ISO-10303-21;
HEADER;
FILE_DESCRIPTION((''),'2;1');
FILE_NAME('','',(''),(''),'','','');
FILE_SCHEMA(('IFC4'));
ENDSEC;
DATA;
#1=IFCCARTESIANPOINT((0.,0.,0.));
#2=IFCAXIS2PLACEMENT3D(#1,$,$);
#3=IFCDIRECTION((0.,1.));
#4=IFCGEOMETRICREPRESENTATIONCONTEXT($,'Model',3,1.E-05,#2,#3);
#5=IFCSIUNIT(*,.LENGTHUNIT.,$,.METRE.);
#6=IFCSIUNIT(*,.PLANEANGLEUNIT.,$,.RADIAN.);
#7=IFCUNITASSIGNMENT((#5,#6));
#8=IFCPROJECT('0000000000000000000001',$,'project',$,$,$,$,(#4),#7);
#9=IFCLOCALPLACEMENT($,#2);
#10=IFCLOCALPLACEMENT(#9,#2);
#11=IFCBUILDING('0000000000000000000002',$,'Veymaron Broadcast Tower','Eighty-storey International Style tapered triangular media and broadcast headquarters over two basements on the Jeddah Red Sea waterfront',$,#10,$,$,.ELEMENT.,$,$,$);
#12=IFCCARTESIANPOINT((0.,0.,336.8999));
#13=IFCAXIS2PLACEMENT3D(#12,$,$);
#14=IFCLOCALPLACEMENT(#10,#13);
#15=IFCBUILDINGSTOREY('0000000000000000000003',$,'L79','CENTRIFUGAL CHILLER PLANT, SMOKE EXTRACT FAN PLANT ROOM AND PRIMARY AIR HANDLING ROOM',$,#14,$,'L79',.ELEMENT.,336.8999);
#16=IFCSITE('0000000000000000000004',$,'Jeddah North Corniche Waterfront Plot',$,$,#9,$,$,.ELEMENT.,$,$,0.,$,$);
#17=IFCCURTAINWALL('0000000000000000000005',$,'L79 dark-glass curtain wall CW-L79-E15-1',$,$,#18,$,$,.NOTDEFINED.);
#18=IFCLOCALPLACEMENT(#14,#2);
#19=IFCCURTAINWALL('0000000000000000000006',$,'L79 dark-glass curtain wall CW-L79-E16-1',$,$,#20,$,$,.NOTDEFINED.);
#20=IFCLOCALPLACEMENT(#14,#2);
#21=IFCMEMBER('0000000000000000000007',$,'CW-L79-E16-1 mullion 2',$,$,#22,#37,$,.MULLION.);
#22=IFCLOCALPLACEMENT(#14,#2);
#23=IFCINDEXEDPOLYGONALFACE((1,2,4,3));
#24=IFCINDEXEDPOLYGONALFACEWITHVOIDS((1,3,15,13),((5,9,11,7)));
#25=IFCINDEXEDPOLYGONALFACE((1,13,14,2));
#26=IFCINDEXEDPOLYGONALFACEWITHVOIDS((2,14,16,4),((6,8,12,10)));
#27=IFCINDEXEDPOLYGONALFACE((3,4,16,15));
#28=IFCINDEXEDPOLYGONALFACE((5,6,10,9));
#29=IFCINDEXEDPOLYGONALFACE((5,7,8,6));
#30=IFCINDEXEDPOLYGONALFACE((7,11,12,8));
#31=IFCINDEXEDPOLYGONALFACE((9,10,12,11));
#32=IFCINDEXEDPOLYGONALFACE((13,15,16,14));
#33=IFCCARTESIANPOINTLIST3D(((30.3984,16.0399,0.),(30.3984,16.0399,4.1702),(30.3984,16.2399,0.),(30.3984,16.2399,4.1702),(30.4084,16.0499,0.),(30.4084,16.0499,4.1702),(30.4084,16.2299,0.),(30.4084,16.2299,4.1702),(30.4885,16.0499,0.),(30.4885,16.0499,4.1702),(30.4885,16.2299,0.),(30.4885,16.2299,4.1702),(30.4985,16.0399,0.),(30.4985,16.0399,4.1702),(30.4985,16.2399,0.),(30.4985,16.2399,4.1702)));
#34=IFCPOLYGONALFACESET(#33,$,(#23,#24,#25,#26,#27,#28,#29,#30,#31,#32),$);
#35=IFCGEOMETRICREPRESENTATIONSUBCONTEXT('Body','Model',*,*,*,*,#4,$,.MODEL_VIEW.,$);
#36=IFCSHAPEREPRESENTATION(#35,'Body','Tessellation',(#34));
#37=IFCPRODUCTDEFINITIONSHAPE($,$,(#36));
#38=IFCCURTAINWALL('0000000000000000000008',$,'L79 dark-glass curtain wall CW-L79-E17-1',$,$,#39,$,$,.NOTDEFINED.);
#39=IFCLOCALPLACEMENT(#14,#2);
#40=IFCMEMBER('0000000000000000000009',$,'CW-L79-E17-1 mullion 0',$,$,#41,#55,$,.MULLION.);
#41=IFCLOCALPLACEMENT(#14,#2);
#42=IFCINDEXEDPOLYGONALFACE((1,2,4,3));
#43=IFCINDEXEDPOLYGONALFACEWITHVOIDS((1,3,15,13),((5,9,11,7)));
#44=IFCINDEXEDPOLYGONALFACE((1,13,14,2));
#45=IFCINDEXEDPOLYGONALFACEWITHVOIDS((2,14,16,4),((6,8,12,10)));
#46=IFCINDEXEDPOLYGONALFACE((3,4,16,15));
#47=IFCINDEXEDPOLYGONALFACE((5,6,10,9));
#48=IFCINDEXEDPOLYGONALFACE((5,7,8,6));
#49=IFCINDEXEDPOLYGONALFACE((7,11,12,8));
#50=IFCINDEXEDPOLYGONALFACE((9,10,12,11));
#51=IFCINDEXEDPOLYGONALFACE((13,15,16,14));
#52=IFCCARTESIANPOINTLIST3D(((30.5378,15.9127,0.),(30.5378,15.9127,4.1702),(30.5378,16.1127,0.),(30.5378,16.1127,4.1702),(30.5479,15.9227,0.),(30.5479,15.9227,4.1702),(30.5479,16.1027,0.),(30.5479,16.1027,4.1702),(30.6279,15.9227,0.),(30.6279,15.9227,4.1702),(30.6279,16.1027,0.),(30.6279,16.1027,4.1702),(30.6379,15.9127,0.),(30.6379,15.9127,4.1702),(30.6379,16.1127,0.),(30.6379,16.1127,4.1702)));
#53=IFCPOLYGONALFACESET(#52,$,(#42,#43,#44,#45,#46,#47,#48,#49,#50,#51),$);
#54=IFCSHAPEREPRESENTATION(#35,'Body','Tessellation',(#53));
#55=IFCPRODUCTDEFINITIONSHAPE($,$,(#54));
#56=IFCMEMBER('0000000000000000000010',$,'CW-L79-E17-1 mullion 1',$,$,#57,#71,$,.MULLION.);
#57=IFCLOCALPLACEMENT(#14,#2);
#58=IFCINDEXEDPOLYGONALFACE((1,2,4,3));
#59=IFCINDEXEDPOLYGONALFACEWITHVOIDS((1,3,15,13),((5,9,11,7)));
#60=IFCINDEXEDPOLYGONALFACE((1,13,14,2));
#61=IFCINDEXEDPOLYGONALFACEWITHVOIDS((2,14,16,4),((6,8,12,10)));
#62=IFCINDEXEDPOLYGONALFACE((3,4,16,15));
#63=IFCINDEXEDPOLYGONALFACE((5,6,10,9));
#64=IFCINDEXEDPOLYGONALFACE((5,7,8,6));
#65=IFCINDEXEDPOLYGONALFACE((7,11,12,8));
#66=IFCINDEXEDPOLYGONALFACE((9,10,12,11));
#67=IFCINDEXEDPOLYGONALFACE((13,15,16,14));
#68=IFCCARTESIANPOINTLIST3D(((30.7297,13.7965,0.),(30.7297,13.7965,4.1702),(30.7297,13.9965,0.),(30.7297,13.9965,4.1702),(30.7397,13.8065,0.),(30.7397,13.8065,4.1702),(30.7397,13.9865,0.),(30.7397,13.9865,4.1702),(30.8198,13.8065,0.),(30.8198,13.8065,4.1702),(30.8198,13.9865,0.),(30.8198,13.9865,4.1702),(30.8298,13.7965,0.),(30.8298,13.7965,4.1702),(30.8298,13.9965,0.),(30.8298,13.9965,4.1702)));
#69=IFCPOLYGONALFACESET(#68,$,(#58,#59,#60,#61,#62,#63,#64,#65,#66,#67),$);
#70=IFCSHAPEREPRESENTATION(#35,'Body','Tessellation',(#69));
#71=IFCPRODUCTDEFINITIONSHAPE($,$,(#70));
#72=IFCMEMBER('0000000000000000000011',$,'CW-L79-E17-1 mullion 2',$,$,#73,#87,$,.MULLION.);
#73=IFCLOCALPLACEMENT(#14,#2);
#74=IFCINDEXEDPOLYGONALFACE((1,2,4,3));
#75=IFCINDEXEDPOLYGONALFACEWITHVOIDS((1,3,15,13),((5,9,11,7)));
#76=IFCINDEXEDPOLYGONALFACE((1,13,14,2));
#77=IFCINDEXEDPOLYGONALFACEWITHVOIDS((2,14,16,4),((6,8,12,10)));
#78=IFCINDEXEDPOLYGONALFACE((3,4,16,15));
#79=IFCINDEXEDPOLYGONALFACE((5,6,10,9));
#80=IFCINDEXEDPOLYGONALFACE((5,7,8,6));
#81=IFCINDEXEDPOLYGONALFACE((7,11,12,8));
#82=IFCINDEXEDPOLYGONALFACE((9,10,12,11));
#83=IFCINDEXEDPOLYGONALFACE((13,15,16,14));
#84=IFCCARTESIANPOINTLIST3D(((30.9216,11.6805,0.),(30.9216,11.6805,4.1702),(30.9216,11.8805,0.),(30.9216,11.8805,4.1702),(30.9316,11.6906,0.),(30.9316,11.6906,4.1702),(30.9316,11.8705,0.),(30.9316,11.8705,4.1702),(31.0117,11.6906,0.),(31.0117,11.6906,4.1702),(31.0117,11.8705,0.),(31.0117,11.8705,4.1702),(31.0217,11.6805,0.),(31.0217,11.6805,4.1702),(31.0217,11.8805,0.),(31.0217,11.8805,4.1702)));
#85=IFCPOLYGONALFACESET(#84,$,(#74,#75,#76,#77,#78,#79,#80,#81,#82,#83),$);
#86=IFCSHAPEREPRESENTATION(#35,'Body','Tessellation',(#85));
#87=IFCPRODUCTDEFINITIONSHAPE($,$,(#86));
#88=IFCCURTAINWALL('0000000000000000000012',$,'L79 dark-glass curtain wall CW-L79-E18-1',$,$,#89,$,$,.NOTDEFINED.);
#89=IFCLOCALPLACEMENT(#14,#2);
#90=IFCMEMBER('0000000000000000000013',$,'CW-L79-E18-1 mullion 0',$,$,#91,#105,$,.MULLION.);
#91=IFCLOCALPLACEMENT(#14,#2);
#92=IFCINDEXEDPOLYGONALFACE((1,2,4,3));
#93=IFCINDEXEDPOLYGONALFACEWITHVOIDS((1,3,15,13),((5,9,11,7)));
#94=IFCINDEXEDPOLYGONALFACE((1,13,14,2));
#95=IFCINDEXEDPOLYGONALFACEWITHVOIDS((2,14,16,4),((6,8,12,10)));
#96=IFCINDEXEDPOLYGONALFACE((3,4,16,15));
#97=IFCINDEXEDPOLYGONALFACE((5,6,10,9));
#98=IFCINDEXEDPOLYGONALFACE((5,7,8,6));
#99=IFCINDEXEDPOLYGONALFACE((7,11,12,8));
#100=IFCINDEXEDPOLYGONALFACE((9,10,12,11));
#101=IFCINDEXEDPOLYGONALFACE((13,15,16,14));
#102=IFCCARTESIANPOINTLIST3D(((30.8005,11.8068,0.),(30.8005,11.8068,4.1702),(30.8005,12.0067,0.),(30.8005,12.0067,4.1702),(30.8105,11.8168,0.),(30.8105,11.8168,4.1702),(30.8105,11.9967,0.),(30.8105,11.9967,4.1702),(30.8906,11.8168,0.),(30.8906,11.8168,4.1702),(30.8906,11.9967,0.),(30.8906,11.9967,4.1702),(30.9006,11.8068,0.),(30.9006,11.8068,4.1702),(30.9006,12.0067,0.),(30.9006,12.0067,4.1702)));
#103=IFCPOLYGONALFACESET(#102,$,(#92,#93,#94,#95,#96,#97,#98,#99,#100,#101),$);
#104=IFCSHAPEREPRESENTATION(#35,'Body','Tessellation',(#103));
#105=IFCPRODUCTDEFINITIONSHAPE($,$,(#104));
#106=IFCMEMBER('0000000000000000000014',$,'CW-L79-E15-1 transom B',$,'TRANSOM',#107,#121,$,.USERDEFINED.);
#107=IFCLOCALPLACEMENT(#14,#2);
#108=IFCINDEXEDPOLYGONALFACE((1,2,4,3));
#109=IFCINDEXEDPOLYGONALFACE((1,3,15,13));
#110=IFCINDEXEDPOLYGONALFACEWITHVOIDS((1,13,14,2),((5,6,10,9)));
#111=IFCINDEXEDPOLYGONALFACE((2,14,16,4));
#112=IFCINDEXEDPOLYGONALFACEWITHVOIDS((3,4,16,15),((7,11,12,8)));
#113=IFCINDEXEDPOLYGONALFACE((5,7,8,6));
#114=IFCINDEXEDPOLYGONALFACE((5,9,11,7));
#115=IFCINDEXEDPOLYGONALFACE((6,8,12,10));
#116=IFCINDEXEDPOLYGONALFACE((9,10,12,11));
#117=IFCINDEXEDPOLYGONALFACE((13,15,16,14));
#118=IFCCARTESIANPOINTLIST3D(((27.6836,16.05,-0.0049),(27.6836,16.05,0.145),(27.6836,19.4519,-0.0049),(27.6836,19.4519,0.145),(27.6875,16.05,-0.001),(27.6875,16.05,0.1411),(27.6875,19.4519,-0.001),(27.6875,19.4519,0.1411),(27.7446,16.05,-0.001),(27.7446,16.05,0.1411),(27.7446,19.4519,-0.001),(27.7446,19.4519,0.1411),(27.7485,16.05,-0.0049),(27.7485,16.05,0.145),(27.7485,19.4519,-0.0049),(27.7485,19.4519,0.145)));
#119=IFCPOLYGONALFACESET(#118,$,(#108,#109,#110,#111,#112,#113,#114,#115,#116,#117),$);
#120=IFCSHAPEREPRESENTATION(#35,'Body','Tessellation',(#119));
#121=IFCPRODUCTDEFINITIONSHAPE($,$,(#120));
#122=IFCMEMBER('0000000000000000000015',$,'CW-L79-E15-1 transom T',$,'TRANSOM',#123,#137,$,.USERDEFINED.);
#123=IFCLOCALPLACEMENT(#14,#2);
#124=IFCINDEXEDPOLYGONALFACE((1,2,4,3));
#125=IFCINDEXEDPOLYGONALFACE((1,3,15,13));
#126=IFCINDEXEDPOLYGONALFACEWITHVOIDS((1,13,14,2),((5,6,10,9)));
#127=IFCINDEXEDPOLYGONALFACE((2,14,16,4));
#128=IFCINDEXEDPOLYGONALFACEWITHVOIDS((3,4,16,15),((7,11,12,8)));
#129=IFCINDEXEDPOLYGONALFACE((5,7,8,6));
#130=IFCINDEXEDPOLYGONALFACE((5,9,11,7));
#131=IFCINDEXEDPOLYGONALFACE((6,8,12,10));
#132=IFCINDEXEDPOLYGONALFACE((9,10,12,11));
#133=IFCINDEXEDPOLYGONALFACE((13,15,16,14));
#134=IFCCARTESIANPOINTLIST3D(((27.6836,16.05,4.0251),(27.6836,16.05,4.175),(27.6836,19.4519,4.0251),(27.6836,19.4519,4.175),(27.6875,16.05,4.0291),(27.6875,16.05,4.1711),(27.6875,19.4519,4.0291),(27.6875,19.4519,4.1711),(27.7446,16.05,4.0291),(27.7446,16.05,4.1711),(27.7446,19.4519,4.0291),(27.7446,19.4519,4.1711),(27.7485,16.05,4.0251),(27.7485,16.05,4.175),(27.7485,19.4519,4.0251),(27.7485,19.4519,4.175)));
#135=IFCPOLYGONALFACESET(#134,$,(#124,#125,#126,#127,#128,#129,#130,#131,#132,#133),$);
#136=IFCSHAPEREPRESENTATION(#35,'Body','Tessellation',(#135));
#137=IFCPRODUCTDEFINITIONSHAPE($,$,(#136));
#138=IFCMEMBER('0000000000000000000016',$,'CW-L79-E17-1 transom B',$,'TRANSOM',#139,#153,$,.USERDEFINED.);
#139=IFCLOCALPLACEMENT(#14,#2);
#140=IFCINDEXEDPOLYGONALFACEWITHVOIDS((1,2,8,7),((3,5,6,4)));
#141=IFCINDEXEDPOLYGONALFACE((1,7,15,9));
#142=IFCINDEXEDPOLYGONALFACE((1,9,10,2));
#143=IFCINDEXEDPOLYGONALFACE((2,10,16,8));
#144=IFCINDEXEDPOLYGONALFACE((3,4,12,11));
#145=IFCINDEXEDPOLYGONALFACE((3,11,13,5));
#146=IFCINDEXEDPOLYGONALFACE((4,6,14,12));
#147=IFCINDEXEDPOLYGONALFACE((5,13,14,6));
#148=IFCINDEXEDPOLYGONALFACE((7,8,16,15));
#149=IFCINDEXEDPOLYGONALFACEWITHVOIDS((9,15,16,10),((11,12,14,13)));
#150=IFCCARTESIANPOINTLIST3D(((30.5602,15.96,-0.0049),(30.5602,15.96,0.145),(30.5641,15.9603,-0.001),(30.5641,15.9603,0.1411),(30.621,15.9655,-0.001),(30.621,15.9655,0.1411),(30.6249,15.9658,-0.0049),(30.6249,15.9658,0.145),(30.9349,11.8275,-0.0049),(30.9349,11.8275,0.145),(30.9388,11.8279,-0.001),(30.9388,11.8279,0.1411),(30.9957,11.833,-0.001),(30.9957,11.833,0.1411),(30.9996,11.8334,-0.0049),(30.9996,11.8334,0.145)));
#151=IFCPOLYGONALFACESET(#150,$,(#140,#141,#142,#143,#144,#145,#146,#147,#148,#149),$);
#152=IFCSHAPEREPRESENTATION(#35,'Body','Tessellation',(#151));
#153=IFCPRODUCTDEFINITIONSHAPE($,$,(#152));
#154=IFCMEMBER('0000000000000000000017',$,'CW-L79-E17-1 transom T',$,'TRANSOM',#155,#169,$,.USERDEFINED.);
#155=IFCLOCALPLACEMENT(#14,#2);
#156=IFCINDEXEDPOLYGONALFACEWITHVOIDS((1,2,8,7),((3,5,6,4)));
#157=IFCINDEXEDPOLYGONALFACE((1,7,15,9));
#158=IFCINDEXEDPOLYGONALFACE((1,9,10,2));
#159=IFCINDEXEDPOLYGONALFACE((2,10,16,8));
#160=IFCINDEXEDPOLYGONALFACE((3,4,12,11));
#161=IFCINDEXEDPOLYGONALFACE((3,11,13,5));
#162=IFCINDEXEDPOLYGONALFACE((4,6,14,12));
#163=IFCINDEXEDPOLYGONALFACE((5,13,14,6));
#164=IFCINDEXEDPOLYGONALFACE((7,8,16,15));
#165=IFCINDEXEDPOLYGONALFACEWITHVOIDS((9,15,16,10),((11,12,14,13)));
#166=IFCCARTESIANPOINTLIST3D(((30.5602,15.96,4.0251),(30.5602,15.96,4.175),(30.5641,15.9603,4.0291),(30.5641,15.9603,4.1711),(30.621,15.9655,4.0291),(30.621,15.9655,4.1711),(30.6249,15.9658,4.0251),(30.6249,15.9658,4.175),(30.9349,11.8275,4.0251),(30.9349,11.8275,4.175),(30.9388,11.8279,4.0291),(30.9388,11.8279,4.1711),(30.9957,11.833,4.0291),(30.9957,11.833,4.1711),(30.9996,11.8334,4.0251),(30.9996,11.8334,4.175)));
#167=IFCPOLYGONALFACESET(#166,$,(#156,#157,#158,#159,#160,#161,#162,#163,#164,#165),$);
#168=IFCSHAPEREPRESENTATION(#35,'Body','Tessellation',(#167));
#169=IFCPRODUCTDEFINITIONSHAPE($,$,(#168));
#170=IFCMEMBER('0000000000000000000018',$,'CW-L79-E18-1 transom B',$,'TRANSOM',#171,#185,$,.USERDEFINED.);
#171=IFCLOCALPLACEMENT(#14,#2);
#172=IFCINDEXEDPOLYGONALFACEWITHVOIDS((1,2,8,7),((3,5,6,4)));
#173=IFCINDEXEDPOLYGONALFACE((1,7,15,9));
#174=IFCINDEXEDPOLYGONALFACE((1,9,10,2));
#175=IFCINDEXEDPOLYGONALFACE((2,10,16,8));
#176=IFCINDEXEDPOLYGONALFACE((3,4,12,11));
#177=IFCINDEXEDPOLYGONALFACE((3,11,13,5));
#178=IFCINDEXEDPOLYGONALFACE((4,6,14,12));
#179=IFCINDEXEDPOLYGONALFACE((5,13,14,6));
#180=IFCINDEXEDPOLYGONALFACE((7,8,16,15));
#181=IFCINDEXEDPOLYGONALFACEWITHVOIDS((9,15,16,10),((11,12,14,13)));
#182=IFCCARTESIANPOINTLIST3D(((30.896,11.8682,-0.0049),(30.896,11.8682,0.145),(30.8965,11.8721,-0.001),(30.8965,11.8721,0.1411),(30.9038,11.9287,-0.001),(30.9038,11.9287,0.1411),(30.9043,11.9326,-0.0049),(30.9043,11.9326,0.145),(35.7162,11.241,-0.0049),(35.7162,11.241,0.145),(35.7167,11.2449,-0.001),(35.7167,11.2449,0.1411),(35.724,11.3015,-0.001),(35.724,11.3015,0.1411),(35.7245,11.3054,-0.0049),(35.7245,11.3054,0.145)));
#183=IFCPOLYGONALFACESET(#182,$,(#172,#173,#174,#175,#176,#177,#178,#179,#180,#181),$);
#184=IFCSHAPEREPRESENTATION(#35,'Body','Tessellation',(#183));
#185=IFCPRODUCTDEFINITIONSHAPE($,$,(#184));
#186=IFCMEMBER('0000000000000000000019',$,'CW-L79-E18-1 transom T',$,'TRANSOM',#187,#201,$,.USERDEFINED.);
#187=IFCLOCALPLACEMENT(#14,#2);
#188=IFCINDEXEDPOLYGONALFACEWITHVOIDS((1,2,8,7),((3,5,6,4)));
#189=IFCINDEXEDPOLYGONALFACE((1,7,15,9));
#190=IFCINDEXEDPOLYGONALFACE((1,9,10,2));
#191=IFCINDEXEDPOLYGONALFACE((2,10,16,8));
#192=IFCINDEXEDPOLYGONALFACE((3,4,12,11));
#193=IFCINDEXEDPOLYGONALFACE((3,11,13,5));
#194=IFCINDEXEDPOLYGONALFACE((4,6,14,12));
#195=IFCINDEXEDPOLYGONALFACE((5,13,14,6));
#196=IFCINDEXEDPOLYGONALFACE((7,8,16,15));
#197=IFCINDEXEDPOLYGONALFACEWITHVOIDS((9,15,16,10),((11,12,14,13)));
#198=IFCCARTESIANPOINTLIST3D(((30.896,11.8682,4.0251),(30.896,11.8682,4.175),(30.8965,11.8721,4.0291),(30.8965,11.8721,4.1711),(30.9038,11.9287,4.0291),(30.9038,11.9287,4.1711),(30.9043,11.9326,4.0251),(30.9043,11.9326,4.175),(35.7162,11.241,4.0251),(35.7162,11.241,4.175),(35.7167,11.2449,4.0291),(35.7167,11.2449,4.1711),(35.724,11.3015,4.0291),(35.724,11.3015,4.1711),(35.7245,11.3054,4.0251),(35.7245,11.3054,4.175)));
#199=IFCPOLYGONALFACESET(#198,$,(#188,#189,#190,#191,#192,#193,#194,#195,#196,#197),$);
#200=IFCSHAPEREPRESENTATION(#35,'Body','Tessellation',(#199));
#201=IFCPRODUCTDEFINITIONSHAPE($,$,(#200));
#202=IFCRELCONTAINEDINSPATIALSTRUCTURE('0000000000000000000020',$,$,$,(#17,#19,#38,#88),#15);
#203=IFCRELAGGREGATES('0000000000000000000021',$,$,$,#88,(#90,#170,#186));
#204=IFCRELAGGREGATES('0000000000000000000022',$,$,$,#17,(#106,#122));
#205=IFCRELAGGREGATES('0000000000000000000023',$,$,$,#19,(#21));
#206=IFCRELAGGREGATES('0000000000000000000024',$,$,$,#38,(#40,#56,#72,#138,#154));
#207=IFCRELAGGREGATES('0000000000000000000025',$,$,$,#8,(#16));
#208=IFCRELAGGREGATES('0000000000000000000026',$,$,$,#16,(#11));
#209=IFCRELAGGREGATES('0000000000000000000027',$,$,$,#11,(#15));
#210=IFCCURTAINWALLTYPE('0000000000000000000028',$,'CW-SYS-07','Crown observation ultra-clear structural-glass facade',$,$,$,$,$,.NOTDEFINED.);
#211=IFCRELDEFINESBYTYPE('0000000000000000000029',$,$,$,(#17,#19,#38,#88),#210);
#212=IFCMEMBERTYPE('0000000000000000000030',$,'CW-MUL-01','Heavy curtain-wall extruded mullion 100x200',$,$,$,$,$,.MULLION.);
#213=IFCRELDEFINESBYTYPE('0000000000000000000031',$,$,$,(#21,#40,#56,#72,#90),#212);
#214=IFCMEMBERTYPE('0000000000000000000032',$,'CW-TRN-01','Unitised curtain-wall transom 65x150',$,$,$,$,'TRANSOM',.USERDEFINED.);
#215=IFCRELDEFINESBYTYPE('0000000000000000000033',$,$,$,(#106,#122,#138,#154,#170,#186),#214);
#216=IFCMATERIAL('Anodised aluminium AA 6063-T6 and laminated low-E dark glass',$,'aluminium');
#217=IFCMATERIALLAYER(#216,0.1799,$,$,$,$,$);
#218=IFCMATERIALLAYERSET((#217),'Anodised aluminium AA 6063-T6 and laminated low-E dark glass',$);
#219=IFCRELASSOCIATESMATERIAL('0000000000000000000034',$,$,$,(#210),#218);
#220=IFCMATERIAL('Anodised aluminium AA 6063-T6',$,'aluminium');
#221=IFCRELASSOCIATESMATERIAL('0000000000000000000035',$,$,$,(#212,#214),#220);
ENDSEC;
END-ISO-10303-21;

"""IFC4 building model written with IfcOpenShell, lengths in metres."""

from ifc_helpers import new_model, si_unit, direction, frame, origin, origin_2d, place, context, subcontext, project, spatial, hollow_rectangle, extrude, material, layer, layer_set, material_profile, profile_set, type_object, element, aggregate, save


model = new_model("IFC4")

# Units and contexts
model_context = context("Model", 3, precision=1e-05, world=origin(), true_north=direction((0.0, 1.0)))
body_context = subcontext(model_context, "Body", "Model", "MODEL_VIEW")
ifc_project = project(units=[si_unit("LENGTHUNIT", "METRE"), si_unit("PLANEANGLEUNIT", "RADIAN")], contexts=[model_context])

# Site, building, storey
site_placement = place(None, origin())
site = spatial("IfcSite", under=ifc_project, at=site_placement, Name="Jeddah North Corniche Waterfront Plot", CompositionType="ELEMENT", RefElevation=0.0)
building_placement = place(site_placement, origin())
building = spatial("IfcBuilding", under=site, at=building_placement, Name="Veymaron Broadcast Tower", Description="Eighty-storey International Style tapered triangular media and broadcast headquarters over two basements on the Jeddah Red Sea waterfront", CompositionType="ELEMENT")
storey_placement = place(building_placement, frame((0.0, 0.0, 336.8999)))
storey = spatial("IfcBuildingStorey", under=building, at=storey_placement, Name="L79", Description="CENTRIFUGAL CHILLER PLANT, SMOKE EXTRACT FAN PLANT ROOM AND PRIMARY AIR HANDLING ROOM", LongName="L79", CompositionType="ELEMENT", Elevation=336.8999)

# Curtain walls, members
ifc_material_1 = material(Name="Anodised aluminium AA 6063-T6 and laminated low-E dark glass", Category="aluminium")
ifc_layer_1 = layer(ifc_material_1, 0.1799)
ifc_layer_set_1 = layer_set([ifc_layer_1], Name="Anodised aluminium AA 6063-T6 and laminated low-E dark glass")
curtain_wall_type = type_object("IfcCurtainWallType", Name="CW-SYS-07", Description="Crown observation ultra-clear structural-glass facade", PredefinedType="NOTDEFINED", material=ifc_layer_set_1)
curtain_wall_1_placement = place(storey_placement, origin())
curtain_wall_1 = element("IfcCurtainWall", 1, at=curtain_wall_1_placement, inside=storey, type_object=curtain_wall_type, Name="L79 dark-glass curtain wall CW-L79-E15-1", PredefinedType="NOTDEFINED")
ifc_material_2 = material(Name="Anodised aluminium AA 6063-T6", Category="aluminium")
ifc_material_profile_1 = material_profile(ifc_material_2, hollow_rectangle(XDim=0.1001, YDim=0.2, WallThickness=0.01, at=origin_2d()), Name="RHS200X100X10")
ifc_profile_set_1 = profile_set([ifc_material_profile_1], Name="Anodised aluminium AA 6063-T6")
member_type_1 = type_object("IfcMemberType", Name="CW-MUL-01", Description="Heavy curtain-wall extruded mullion 100x200", PredefinedType="MULLION", material=ifc_profile_set_1)
curtain_wall_2_placement = place(storey_placement, origin())
curtain_wall_2 = element("IfcCurtainWall", 2, at=curtain_wall_2_placement, inside=storey, type_object=curtain_wall_type, Name="L79 dark-glass curtain wall CW-L79-E16-1", PredefinedType="NOTDEFINED")
member_1_placement = place(storey_placement, frame((30.4485, 16.1399, 0.0), z_axis=(0.0, 0.0, 1.0), x_axis=(1.0, 0.0, 0.0)))
member_1 = element("IfcMember", 3, at=member_1_placement, type_object=member_type_1, Name="CW-L79-E16-1 mullion 2", PredefinedType="MULLION", context=body_context, shape_type="SweptSolid", body=[
    extrude(hollow_rectangle(XDim=0.1001, YDim=0.2, WallThickness=0.01, at=origin_2d()), origin(), (0.0, 0.0, 1.0), 4.1702),
])
curtain_wall_3_placement = place(storey_placement, origin())
curtain_wall_3 = element("IfcCurtainWall", 4, at=curtain_wall_3_placement, inside=storey, type_object=curtain_wall_type, Name="L79 dark-glass curtain wall CW-L79-E17-1", PredefinedType="NOTDEFINED")
member_2_placement = place(storey_placement, frame((30.5879, 16.0127, 0.0), z_axis=(0.0, 0.0, 1.0), x_axis=(1.0, 0.0, 0.0)))
member_2 = element("IfcMember", 5, at=member_2_placement, type_object=member_type_1, Name="CW-L79-E17-1 mullion 0", PredefinedType="MULLION", context=body_context, shape_type="SweptSolid", body=[
    extrude(hollow_rectangle(XDim=0.1001, YDim=0.2, WallThickness=0.01, at=origin_2d()), origin(), (0.0, 0.0, 1.0), 4.1702),
])
member_3_placement = place(storey_placement, frame((30.7798, 13.8965, 0.0), z_axis=(0.0, 0.0, 1.0), x_axis=(1.0, 0.0, 0.0)))
member_3 = element("IfcMember", 6, at=member_3_placement, type_object=member_type_1, Name="CW-L79-E17-1 mullion 1", PredefinedType="MULLION", context=body_context, shape_type="SweptSolid", body=[
    extrude(hollow_rectangle(XDim=0.1001, YDim=0.2, WallThickness=0.01, at=origin_2d()), origin(), (0.0, 0.0, 1.0), 4.1702),
])
member_4_placement = place(storey_placement, frame((30.9717, 11.7805, 0.0), z_axis=(0.0, 0.0, 1.0), x_axis=(1.0, 0.0, 0.0)))
member_4 = element("IfcMember", 7, at=member_4_placement, type_object=member_type_1, Name="CW-L79-E17-1 mullion 2", PredefinedType="MULLION", context=body_context, shape_type="SweptSolid", body=[
    extrude(hollow_rectangle(XDim=0.1001, YDim=0.2, WallThickness=0.01, at=origin_2d()), origin(), (0.0, 0.0, 1.0), 4.1702),
])

# Curtain wall, member
curtain_wall_4_placement = place(storey_placement, origin())
curtain_wall_4 = element("IfcCurtainWall", 8, at=curtain_wall_4_placement, inside=storey, type_object=curtain_wall_type, Name="L79 dark-glass curtain wall CW-L79-E18-1", PredefinedType="NOTDEFINED")
member_5_placement = place(storey_placement, frame((30.8506, 11.9067, 0.0), z_axis=(0.0, 0.0, 1.0), x_axis=(1.0, 0.0, 0.0)))
member_5 = element("IfcMember", 9, at=member_5_placement, type_object=member_type_1, Name="CW-L79-E18-1 mullion 0", PredefinedType="MULLION", context=body_context, shape_type="SweptSolid", body=[
    extrude(hollow_rectangle(XDim=0.1001, YDim=0.2, WallThickness=0.01, at=origin_2d()), origin(), (0.0, 0.0, 1.0), 4.1702),
])

# Members
ifc_material_profile_2 = material_profile(ifc_material_2, hollow_rectangle(XDim=0.0649, YDim=0.1499, WallThickness=0.0039, at=origin_2d()), Name="AL150X65X4")
ifc_profile_set_2 = profile_set([ifc_material_profile_2], Name="Anodised aluminium AA 6063-T6")
member_type_2 = type_object("IfcMemberType", Name="CW-TRN-01", Description="Unitised curtain-wall transom 65x150", ElementType="TRANSOM", PredefinedType="USERDEFINED", material=ifc_profile_set_2)
member_6_placement = place(storey_placement, frame((27.7161, 19.4519, 0.0701), z_axis=(0.0, -1.0, 0.0), x_axis=(1.0, 0.0, 0.0)))
member_6 = element("IfcMember", 10, at=member_6_placement, type_object=member_type_2, Name="CW-L79-E15-1 transom B", ObjectType="TRANSOM", PredefinedType="USERDEFINED", context=body_context, shape_type="SweptSolid", body=[
    extrude(hollow_rectangle(XDim=0.0649, YDim=0.1499, WallThickness=0.0039, at=origin_2d()), origin(), (0.0, 0.0, 1.0), 3.4019),
])
member_7_placement = place(storey_placement, frame((27.7161, 19.4519, 4.1001), z_axis=(0.0, -1.0, 0.0), x_axis=(1.0, 0.0, 0.0)))
member_7 = element("IfcMember", 11, at=member_7_placement, type_object=member_type_2, Name="CW-L79-E15-1 transom T", ObjectType="TRANSOM", PredefinedType="USERDEFINED", context=body_context, shape_type="SweptSolid", body=[
    extrude(hollow_rectangle(XDim=0.0649, YDim=0.1499, WallThickness=0.0039, at=origin_2d()), origin(), (0.0, 0.0, 1.0), 3.4019),
])
member_8_placement = place(storey_placement, frame((30.5925, 15.9629, 0.0701), z_axis=(0.090313, -0.995913, 0.0), x_axis=(0.995913, 0.090313, 0.0)))
member_8 = element("IfcMember", 12, at=member_8_placement, type_object=member_type_2, Name="CW-L79-E17-1 transom B", ObjectType="TRANSOM", PredefinedType="USERDEFINED", context=body_context, shape_type="SweptSolid", body=[
    extrude(hollow_rectangle(XDim=0.0649, YDim=0.1499, WallThickness=0.0039, at=origin_2d()), origin(), (0.0, 0.0, 1.0), 4.1494),
])
member_9_placement = place(storey_placement, frame((30.5925, 15.9629, 4.1001), z_axis=(0.090313, -0.995913, 0.0), x_axis=(0.995913, 0.090313, 0.0)))
member_9 = element("IfcMember", 13, at=member_9_placement, type_object=member_type_2, Name="CW-L79-E17-1 transom T", ObjectType="TRANSOM", PredefinedType="USERDEFINED", context=body_context, shape_type="SweptSolid", body=[
    extrude(hollow_rectangle(XDim=0.0649, YDim=0.1499, WallThickness=0.0039, at=origin_2d()), origin(), (0.0, 0.0, 1.0), 4.1494),
])
member_10_placement = place(storey_placement, frame((30.9001, 11.9004, 0.0701), z_axis=(0.991641, -0.129028, 0.0), x_axis=(0.129028, 0.991641, 0.0)))
member_10 = element("IfcMember", 14, at=member_10_placement, type_object=member_type_2, Name="CW-L79-E18-1 transom B", ObjectType="TRANSOM", PredefinedType="USERDEFINED", context=body_context, shape_type="SweptSolid", body=[
    extrude(hollow_rectangle(XDim=0.0649, YDim=0.1499, WallThickness=0.0039, at=origin_2d()), origin(), (0.0, 0.0, 1.0), 4.8608),
])
member_11_placement = place(storey_placement, frame((30.9001, 11.9004, 4.1001), z_axis=(0.991641, -0.129028, 0.0), x_axis=(0.129028, 0.991641, 0.0)))
member_11 = element("IfcMember", 15, at=member_11_placement, type_object=member_type_2, Name="CW-L79-E18-1 transom T", ObjectType="TRANSOM", PredefinedType="USERDEFINED", context=body_context, shape_type="SweptSolid", body=[
    extrude(hollow_rectangle(XDim=0.0649, YDim=0.1499, WallThickness=0.0039, at=origin_2d()), origin(), (0.0, 0.0, 1.0), 4.8608),
])
aggregate(curtain_wall_4, [member_5, member_10, member_11])

aggregate(curtain_wall_1, [member_6, member_7])
aggregate(curtain_wall_2, [member_1])
aggregate(curtain_wall_3, [member_2, member_3, member_4, member_8, member_9])

save(model, "model.ifc")
